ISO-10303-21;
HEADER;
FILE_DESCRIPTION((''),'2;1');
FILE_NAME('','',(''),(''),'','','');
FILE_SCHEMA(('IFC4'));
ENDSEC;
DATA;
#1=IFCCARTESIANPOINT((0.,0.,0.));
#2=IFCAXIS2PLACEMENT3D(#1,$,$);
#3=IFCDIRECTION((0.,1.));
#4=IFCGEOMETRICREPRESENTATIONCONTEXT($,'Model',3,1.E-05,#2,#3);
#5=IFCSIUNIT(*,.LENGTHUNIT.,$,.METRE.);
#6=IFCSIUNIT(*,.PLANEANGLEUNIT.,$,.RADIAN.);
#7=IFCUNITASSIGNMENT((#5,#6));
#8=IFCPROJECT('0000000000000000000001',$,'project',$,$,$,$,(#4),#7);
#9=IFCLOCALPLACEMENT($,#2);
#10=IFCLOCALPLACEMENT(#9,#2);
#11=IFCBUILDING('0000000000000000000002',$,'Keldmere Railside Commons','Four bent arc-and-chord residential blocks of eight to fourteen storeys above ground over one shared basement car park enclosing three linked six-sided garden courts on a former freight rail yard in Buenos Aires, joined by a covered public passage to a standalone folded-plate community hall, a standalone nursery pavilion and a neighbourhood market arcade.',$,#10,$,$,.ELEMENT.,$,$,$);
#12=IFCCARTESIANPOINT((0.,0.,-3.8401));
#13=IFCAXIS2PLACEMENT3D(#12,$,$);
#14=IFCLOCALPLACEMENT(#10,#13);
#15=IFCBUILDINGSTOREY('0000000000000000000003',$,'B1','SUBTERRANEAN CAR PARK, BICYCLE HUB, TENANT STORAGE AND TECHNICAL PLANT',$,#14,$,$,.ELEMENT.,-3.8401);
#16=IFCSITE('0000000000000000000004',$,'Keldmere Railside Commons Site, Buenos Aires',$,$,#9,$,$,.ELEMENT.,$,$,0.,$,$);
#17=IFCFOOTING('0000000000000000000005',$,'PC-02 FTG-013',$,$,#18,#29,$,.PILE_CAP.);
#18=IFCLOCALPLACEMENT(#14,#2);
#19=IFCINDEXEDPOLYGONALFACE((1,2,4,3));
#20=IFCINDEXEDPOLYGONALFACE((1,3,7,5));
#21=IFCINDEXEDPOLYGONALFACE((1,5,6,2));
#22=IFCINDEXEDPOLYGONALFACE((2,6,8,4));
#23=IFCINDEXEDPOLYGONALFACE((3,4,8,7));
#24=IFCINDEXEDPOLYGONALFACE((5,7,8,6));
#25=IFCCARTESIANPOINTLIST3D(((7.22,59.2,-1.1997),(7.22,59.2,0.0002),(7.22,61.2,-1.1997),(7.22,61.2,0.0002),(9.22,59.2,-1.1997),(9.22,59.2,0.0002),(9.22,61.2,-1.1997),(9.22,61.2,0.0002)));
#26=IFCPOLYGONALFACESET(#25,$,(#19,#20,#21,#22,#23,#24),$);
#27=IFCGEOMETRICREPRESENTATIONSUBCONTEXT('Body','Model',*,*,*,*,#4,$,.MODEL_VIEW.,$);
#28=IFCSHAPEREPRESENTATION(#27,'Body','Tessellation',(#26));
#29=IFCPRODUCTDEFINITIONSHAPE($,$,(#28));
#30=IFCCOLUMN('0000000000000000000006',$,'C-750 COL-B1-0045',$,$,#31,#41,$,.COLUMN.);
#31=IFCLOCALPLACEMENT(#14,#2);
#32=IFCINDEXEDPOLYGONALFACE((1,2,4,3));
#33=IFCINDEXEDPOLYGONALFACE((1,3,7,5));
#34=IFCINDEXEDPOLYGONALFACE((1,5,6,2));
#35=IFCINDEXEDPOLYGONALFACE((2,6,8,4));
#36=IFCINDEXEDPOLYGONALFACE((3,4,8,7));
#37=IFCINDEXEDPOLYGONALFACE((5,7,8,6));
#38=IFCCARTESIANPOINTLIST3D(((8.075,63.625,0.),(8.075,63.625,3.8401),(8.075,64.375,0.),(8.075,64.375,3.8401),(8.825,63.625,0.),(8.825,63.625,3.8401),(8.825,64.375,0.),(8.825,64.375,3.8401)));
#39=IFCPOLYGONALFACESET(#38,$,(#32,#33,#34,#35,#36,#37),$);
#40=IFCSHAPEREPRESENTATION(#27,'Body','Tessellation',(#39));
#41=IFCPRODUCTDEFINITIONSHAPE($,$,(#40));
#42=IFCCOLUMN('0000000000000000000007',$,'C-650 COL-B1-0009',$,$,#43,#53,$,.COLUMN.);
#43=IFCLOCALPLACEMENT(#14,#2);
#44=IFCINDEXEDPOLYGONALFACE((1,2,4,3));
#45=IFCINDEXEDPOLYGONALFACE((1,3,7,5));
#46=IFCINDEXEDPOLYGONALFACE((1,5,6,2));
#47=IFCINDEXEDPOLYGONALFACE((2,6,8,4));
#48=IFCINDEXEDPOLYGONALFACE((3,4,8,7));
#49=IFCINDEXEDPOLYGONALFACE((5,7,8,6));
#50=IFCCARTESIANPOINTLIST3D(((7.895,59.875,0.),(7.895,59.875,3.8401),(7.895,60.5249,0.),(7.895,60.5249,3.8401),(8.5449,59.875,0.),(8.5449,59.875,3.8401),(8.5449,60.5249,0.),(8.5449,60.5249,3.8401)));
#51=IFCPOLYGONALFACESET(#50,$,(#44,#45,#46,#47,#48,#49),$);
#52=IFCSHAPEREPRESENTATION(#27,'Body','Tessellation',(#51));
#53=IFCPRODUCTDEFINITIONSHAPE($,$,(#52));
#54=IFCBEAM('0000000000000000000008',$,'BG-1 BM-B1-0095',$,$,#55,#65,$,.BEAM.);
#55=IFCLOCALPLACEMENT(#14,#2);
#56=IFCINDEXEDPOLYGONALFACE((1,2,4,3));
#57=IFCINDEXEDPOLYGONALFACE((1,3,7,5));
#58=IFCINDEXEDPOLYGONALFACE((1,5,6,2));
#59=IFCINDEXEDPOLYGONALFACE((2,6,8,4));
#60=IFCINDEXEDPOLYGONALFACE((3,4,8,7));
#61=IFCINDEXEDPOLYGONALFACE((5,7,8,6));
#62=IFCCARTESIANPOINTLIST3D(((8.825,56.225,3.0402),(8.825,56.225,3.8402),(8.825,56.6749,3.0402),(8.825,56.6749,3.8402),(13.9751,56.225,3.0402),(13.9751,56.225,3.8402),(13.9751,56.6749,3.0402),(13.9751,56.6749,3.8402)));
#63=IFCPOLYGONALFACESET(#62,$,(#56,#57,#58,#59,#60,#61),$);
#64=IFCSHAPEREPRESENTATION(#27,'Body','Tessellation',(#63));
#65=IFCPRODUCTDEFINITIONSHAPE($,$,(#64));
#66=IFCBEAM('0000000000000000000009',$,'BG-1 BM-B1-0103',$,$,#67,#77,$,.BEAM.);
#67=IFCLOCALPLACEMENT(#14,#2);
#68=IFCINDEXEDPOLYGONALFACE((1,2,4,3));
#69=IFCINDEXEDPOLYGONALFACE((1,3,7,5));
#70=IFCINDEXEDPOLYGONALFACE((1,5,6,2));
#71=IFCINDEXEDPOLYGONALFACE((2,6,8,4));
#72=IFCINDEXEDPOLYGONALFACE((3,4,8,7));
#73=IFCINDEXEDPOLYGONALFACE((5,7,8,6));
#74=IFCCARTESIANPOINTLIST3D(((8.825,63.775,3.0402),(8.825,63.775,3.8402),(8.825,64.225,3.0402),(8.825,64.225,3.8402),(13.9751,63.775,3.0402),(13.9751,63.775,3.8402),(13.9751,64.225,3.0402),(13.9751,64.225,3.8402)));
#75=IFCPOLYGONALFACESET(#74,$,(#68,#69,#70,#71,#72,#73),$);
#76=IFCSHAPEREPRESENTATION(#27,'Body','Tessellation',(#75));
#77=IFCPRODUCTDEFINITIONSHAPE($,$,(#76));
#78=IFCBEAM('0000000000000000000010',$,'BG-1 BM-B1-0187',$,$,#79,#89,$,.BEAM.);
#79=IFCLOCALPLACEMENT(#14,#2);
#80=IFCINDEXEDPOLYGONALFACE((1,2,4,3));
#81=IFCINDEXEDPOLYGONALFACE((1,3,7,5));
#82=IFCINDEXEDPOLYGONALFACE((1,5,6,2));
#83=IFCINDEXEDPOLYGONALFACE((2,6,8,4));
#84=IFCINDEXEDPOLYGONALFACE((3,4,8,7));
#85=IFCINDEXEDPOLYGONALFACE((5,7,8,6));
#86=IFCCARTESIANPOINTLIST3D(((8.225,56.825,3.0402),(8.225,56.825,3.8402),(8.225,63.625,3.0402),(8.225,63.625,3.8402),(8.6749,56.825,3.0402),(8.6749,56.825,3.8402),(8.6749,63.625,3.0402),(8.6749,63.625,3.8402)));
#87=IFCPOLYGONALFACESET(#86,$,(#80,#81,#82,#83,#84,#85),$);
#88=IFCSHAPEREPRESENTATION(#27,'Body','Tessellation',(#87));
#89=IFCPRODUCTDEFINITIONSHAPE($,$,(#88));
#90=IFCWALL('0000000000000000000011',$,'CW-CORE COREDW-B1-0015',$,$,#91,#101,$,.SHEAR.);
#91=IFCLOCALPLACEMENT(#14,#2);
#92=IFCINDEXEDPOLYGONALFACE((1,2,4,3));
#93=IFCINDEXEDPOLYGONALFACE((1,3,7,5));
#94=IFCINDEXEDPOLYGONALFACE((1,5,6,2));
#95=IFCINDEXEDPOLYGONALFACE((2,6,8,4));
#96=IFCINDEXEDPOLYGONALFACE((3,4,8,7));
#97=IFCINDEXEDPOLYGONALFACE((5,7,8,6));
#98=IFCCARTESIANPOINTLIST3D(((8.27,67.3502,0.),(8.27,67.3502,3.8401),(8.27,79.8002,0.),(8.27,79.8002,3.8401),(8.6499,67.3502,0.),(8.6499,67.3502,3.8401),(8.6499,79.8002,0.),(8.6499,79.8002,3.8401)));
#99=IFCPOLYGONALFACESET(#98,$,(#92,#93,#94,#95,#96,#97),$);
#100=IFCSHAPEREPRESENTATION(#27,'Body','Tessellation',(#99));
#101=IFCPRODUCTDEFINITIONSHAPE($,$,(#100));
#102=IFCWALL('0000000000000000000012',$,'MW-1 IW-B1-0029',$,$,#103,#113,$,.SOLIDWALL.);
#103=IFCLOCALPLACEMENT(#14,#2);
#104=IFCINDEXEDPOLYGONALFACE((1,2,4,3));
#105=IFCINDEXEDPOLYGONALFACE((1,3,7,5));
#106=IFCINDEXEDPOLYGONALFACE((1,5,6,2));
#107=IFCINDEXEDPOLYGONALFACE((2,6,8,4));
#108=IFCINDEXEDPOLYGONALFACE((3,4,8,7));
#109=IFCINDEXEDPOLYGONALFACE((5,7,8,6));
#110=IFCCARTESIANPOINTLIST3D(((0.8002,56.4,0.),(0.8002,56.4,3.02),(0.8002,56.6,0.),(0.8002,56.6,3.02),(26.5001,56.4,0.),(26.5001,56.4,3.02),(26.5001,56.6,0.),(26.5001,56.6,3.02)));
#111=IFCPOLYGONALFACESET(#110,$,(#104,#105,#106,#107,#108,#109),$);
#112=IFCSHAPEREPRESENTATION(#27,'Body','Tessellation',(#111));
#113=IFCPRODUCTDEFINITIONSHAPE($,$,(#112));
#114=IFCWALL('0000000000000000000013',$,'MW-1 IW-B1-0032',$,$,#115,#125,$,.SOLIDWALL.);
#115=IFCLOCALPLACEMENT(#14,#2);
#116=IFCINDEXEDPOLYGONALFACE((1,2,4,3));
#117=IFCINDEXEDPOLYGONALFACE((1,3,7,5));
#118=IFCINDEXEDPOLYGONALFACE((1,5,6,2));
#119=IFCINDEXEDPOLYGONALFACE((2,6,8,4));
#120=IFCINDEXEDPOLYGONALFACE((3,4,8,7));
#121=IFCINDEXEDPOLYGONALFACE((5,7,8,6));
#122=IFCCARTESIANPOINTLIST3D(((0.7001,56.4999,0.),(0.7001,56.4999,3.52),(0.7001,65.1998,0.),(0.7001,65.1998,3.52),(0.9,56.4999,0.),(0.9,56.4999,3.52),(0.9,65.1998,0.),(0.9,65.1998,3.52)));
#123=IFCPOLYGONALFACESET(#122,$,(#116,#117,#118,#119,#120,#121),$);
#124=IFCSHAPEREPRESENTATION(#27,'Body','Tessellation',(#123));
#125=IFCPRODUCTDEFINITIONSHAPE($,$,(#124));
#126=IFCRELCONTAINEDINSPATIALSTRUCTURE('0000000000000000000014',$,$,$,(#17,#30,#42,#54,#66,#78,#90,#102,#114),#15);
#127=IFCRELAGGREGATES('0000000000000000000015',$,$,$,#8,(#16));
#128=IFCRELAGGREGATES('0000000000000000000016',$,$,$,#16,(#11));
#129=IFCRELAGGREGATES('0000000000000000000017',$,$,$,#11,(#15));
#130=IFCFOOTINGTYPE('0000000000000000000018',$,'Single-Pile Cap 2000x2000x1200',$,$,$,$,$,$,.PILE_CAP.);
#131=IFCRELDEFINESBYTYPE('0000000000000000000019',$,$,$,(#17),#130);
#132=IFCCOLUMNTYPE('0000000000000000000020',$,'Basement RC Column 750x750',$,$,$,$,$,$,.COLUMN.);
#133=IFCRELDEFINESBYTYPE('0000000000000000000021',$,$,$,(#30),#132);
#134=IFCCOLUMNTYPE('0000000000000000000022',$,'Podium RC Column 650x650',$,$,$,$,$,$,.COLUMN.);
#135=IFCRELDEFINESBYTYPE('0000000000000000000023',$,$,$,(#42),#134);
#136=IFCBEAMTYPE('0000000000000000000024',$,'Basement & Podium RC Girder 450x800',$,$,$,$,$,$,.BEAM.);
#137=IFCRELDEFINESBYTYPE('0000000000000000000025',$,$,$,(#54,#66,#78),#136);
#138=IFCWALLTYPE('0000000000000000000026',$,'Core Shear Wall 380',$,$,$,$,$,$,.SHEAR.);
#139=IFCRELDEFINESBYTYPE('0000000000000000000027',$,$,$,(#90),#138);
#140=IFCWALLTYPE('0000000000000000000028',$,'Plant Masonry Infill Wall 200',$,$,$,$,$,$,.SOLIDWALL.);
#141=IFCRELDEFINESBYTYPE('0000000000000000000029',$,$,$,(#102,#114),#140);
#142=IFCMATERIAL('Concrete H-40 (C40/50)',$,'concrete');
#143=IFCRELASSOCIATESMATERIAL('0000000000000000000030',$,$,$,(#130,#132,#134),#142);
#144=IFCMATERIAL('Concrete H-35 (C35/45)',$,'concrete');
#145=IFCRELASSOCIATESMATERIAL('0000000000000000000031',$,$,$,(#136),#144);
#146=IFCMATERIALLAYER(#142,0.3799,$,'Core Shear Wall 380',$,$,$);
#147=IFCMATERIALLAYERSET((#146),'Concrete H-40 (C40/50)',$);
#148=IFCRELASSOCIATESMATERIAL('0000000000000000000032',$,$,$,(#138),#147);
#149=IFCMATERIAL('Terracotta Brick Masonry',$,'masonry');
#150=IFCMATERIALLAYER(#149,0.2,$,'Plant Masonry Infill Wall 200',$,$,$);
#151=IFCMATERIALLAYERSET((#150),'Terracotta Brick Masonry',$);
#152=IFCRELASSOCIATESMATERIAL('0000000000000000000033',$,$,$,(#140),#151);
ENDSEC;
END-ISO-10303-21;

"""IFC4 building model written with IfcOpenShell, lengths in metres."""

from ifc_helpers import new_model, si_unit, direction, frame, frame_2d, origin, origin_2d, place, context, subcontext, project, spatial, rectangle, extrude, material, layer, layer_set, material_profile, profile_set, type_object, element, save


model = new_model("IFC4")

# Units and contexts
model_context = context("Model", 3, precision=1e-05, world=origin(), true_north=direction((0.0, 1.0)))
body_context = subcontext(model_context, "Body", "Model", "MODEL_VIEW")
ifc_project = project(units=[si_unit("LENGTHUNIT", "METRE"), si_unit("PLANEANGLEUNIT", "RADIAN")], contexts=[model_context])

# Site, building, storey
site_placement = place(None, origin())
site = spatial("IfcSite", under=ifc_project, at=site_placement, Name="Keldmere Railside Commons Site, Buenos Aires", CompositionType="ELEMENT", RefElevation=0.0)
building_placement = place(site_placement, origin())
building = spatial("IfcBuilding", under=site, at=building_placement, Name="Keldmere Railside Commons", Description="Four bent arc-and-chord residential blocks of eight to fourteen storeys above ground over one shared basement car park enclosing three linked six-sided garden courts on a former freight rail yard in Buenos Aires, joined by a covered public passage to a standalone folded-plate community hall, a standalone nursery pavilion and a neighbourhood market arcade.", CompositionType="ELEMENT")
storey_placement = place(building_placement, frame((0.0, 0.0, -3.8401)))
storey = spatial("IfcBuildingStorey", under=building, at=storey_placement, Name="B1", Description="SUBTERRANEAN CAR PARK, BICYCLE HUB, TENANT STORAGE AND TECHNICAL PLANT", CompositionType="ELEMENT", Elevation=-3.8401)

# Footing
ifc_material_1 = material(Name="Concrete H-40 (C40/50)", Category="concrete")
footing_type_1 = type_object("IfcFootingType", Name="Single-Pile Cap 2000x2000x1200", PredefinedType="PILE_CAP", material=ifc_material_1)
footing_1_placement = place(storey_placement, frame((8.22, 60.2, -1.1997), z_axis=(0.0, 0.0, 1.0), x_axis=(1.0, 0.0, 0.0)))
element("IfcFooting", 1, at=footing_1_placement, inside=storey, type_object=footing_type_1, Name="PC-02 FTG-013", PredefinedType="PILE_CAP", context=body_context, shape_type="SweptSolid", body=[
    extrude(rectangle(XDim=2.0, YDim=2.0, at=origin_2d()), origin(), (0.0, 0.0, 1.0), 1.2),
])

# Columns
ifc_material_profile_1 = material_profile(ifc_material_1, rectangle(XDim=0.75, YDim=0.75, at=origin_2d()), Name="RC-750x750")
ifc_profile_set_1 = profile_set([ifc_material_profile_1], Name="Concrete H-40 (C40/50)")
column_type_1 = type_object("IfcColumnType", Name="Basement RC Column 750x750", PredefinedType="COLUMN", material=ifc_profile_set_1)
column_1_placement = place(storey_placement, frame((8.45, 64.0, 0.0), z_axis=(0.0, 0.0, 1.0), x_axis=(1.0, 0.0, 0.0)))
element("IfcColumn", 2, at=column_1_placement, inside=storey, type_object=column_type_1, Name="C-750 COL-B1-0045", PredefinedType="COLUMN", context=body_context, shape_type="SweptSolid", body=[
    extrude(rectangle(XDim=0.75, YDim=0.75, at=origin_2d()), origin(), (0.0, 0.0, 1.0), 3.8401),
])
ifc_material_profile_2 = material_profile(ifc_material_1, rectangle(XDim=0.6499, YDim=0.6499, at=origin_2d()), Name="RC-650x650")
ifc_profile_set_2 = profile_set([ifc_material_profile_2], Name="Concrete H-40 (C40/50)")
column_type_2 = type_object("IfcColumnType", Name="Podium RC Column 650x650", PredefinedType="COLUMN", material=ifc_profile_set_2)
column_2_placement = place(storey_placement, frame((8.22, 60.2, 0.0), z_axis=(0.0, 0.0, 1.0), x_axis=(1.0, 0.0, 0.0)))
element("IfcColumn", 3, at=column_2_placement, inside=storey, type_object=column_type_2, Name="C-650 COL-B1-0009", PredefinedType="COLUMN", context=body_context, shape_type="SweptSolid", body=[
    extrude(rectangle(XDim=0.6499, YDim=0.6499, at=origin_2d()), origin(), (0.0, 0.0, 1.0), 3.8401),
])

# Beams
ifc_material_2 = material(Name="Concrete H-35 (C35/45)", Category="concrete")
ifc_material_profile_3 = material_profile(ifc_material_2, rectangle(XDim=0.45, YDim=0.8, at=origin_2d()), Name="RC-450x800")
ifc_profile_set_3 = profile_set([ifc_material_profile_3], Name="Concrete H-35 (C35/45)")
beam_type = type_object("IfcBeamType", Name="Basement & Podium RC Girder 450x800", PredefinedType="BEAM", material=ifc_profile_set_3)
for number, where, z_axis, x_axis, name in (
    (4, (8.825, 56.45, 3.4402), (1.0, 0.0, 0.0), (0.0, 1.0, 0.0), "BG-1 BM-B1-0095"),
    (5, (8.825, 64.0, 3.4402), (1.0, 0.0, 0.0), (0.0, 1.0, 0.0), "BG-1 BM-B1-0103"),
):
    element("IfcBeam", number, at=place(storey_placement, frame(where, z_axis=z_axis, x_axis=x_axis)), inside=storey, type_object=beam_type, Name=name, PredefinedType="BEAM", context=body_context, shape_type="SweptSolid", body=[
        extrude(rectangle(XDim=0.45, YDim=0.8, at=origin_2d()), origin(), (0.0, 0.0, 1.0), 5.1501),
    ])
beam_placement = place(storey_placement, frame((8.45, 56.825, 3.4402), z_axis=(0.0, 1.0, 0.0), x_axis=(-1.0, 0.0, 0.0)))
element("IfcBeam", 6, at=beam_placement, inside=storey, type_object=beam_type, Name="BG-1 BM-B1-0187", PredefinedType="BEAM", context=body_context, shape_type="SweptSolid", body=[
    extrude(rectangle(XDim=0.45, YDim=0.8, at=origin_2d()), origin(), (0.0, 0.0, 1.0), 6.8),
])

# Walls
ifc_layer_1 = layer(ifc_material_1, 0.3799, Name="Core Shear Wall 380")
ifc_layer_set_1 = layer_set([ifc_layer_1], Name="Concrete H-40 (C40/50)")
wall_type_1 = type_object("IfcWallType", Name="Core Shear Wall 380", PredefinedType="SHEAR", material=ifc_layer_set_1)
wall_1_placement = place(storey_placement, frame((8.46, 67.3501, 0.0), z_axis=(0.0, 0.0, 1.0), x_axis=(0.0, 1.0, 0.0)))
element("IfcWall", 7, at=wall_1_placement, inside=storey, type_object=wall_type_1, Name="CW-CORE COREDW-B1-0015", PredefinedType="SHEAR", context=body_context, shape_type="SweptSolid", body=[
    extrude(rectangle(XDim=12.45, YDim=0.3799, at=frame_2d((6.2251, 0.0))), origin(), (0.0, 0.0, 1.0), 3.8401),
])
ifc_material_3 = material(Name="Terracotta Brick Masonry", Category="masonry")
ifc_layer_2 = layer(ifc_material_3, 0.2, Name="Plant Masonry Infill Wall 200")
ifc_layer_set_2 = layer_set([ifc_layer_2], Name="Terracotta Brick Masonry")
wall_type_2 = type_object("IfcWallType", Name="Plant Masonry Infill Wall 200", PredefinedType="SOLIDWALL", material=ifc_layer_set_2)
wall_2_placement = place(storey_placement, frame((0.8, 56.5, 0.0), z_axis=(0.0, 0.0, 1.0), x_axis=(1.0, 0.0, 0.0)))
element("IfcWall", 8, at=wall_2_placement, inside=storey, type_object=wall_type_2, Name="MW-1 IW-B1-0029", PredefinedType="SOLIDWALL", context=body_context, shape_type="SweptSolid", body=[
    extrude(rectangle(XDim=25.7, YDim=0.2, at=frame_2d((12.8501, 0.0))), origin(), (0.0, 0.0, 1.0), 3.02),
])
wall_3_placement = place(storey_placement, frame((0.8, 65.2, 0.0), z_axis=(0.0, 0.0, 1.0), x_axis=(0.0, -1.0, 0.0)))
element("IfcWall", 9, at=wall_3_placement, inside=storey, type_object=wall_type_2, Name="MW-1 IW-B1-0032", PredefinedType="SOLIDWALL", context=body_context, shape_type="SweptSolid", body=[
    extrude(rectangle(XDim=8.7, YDim=0.2, at=frame_2d((4.3501, 0.0))), origin(), (0.0, 0.0, 1.0), 3.52),
])

save(model, "model.ifc")
